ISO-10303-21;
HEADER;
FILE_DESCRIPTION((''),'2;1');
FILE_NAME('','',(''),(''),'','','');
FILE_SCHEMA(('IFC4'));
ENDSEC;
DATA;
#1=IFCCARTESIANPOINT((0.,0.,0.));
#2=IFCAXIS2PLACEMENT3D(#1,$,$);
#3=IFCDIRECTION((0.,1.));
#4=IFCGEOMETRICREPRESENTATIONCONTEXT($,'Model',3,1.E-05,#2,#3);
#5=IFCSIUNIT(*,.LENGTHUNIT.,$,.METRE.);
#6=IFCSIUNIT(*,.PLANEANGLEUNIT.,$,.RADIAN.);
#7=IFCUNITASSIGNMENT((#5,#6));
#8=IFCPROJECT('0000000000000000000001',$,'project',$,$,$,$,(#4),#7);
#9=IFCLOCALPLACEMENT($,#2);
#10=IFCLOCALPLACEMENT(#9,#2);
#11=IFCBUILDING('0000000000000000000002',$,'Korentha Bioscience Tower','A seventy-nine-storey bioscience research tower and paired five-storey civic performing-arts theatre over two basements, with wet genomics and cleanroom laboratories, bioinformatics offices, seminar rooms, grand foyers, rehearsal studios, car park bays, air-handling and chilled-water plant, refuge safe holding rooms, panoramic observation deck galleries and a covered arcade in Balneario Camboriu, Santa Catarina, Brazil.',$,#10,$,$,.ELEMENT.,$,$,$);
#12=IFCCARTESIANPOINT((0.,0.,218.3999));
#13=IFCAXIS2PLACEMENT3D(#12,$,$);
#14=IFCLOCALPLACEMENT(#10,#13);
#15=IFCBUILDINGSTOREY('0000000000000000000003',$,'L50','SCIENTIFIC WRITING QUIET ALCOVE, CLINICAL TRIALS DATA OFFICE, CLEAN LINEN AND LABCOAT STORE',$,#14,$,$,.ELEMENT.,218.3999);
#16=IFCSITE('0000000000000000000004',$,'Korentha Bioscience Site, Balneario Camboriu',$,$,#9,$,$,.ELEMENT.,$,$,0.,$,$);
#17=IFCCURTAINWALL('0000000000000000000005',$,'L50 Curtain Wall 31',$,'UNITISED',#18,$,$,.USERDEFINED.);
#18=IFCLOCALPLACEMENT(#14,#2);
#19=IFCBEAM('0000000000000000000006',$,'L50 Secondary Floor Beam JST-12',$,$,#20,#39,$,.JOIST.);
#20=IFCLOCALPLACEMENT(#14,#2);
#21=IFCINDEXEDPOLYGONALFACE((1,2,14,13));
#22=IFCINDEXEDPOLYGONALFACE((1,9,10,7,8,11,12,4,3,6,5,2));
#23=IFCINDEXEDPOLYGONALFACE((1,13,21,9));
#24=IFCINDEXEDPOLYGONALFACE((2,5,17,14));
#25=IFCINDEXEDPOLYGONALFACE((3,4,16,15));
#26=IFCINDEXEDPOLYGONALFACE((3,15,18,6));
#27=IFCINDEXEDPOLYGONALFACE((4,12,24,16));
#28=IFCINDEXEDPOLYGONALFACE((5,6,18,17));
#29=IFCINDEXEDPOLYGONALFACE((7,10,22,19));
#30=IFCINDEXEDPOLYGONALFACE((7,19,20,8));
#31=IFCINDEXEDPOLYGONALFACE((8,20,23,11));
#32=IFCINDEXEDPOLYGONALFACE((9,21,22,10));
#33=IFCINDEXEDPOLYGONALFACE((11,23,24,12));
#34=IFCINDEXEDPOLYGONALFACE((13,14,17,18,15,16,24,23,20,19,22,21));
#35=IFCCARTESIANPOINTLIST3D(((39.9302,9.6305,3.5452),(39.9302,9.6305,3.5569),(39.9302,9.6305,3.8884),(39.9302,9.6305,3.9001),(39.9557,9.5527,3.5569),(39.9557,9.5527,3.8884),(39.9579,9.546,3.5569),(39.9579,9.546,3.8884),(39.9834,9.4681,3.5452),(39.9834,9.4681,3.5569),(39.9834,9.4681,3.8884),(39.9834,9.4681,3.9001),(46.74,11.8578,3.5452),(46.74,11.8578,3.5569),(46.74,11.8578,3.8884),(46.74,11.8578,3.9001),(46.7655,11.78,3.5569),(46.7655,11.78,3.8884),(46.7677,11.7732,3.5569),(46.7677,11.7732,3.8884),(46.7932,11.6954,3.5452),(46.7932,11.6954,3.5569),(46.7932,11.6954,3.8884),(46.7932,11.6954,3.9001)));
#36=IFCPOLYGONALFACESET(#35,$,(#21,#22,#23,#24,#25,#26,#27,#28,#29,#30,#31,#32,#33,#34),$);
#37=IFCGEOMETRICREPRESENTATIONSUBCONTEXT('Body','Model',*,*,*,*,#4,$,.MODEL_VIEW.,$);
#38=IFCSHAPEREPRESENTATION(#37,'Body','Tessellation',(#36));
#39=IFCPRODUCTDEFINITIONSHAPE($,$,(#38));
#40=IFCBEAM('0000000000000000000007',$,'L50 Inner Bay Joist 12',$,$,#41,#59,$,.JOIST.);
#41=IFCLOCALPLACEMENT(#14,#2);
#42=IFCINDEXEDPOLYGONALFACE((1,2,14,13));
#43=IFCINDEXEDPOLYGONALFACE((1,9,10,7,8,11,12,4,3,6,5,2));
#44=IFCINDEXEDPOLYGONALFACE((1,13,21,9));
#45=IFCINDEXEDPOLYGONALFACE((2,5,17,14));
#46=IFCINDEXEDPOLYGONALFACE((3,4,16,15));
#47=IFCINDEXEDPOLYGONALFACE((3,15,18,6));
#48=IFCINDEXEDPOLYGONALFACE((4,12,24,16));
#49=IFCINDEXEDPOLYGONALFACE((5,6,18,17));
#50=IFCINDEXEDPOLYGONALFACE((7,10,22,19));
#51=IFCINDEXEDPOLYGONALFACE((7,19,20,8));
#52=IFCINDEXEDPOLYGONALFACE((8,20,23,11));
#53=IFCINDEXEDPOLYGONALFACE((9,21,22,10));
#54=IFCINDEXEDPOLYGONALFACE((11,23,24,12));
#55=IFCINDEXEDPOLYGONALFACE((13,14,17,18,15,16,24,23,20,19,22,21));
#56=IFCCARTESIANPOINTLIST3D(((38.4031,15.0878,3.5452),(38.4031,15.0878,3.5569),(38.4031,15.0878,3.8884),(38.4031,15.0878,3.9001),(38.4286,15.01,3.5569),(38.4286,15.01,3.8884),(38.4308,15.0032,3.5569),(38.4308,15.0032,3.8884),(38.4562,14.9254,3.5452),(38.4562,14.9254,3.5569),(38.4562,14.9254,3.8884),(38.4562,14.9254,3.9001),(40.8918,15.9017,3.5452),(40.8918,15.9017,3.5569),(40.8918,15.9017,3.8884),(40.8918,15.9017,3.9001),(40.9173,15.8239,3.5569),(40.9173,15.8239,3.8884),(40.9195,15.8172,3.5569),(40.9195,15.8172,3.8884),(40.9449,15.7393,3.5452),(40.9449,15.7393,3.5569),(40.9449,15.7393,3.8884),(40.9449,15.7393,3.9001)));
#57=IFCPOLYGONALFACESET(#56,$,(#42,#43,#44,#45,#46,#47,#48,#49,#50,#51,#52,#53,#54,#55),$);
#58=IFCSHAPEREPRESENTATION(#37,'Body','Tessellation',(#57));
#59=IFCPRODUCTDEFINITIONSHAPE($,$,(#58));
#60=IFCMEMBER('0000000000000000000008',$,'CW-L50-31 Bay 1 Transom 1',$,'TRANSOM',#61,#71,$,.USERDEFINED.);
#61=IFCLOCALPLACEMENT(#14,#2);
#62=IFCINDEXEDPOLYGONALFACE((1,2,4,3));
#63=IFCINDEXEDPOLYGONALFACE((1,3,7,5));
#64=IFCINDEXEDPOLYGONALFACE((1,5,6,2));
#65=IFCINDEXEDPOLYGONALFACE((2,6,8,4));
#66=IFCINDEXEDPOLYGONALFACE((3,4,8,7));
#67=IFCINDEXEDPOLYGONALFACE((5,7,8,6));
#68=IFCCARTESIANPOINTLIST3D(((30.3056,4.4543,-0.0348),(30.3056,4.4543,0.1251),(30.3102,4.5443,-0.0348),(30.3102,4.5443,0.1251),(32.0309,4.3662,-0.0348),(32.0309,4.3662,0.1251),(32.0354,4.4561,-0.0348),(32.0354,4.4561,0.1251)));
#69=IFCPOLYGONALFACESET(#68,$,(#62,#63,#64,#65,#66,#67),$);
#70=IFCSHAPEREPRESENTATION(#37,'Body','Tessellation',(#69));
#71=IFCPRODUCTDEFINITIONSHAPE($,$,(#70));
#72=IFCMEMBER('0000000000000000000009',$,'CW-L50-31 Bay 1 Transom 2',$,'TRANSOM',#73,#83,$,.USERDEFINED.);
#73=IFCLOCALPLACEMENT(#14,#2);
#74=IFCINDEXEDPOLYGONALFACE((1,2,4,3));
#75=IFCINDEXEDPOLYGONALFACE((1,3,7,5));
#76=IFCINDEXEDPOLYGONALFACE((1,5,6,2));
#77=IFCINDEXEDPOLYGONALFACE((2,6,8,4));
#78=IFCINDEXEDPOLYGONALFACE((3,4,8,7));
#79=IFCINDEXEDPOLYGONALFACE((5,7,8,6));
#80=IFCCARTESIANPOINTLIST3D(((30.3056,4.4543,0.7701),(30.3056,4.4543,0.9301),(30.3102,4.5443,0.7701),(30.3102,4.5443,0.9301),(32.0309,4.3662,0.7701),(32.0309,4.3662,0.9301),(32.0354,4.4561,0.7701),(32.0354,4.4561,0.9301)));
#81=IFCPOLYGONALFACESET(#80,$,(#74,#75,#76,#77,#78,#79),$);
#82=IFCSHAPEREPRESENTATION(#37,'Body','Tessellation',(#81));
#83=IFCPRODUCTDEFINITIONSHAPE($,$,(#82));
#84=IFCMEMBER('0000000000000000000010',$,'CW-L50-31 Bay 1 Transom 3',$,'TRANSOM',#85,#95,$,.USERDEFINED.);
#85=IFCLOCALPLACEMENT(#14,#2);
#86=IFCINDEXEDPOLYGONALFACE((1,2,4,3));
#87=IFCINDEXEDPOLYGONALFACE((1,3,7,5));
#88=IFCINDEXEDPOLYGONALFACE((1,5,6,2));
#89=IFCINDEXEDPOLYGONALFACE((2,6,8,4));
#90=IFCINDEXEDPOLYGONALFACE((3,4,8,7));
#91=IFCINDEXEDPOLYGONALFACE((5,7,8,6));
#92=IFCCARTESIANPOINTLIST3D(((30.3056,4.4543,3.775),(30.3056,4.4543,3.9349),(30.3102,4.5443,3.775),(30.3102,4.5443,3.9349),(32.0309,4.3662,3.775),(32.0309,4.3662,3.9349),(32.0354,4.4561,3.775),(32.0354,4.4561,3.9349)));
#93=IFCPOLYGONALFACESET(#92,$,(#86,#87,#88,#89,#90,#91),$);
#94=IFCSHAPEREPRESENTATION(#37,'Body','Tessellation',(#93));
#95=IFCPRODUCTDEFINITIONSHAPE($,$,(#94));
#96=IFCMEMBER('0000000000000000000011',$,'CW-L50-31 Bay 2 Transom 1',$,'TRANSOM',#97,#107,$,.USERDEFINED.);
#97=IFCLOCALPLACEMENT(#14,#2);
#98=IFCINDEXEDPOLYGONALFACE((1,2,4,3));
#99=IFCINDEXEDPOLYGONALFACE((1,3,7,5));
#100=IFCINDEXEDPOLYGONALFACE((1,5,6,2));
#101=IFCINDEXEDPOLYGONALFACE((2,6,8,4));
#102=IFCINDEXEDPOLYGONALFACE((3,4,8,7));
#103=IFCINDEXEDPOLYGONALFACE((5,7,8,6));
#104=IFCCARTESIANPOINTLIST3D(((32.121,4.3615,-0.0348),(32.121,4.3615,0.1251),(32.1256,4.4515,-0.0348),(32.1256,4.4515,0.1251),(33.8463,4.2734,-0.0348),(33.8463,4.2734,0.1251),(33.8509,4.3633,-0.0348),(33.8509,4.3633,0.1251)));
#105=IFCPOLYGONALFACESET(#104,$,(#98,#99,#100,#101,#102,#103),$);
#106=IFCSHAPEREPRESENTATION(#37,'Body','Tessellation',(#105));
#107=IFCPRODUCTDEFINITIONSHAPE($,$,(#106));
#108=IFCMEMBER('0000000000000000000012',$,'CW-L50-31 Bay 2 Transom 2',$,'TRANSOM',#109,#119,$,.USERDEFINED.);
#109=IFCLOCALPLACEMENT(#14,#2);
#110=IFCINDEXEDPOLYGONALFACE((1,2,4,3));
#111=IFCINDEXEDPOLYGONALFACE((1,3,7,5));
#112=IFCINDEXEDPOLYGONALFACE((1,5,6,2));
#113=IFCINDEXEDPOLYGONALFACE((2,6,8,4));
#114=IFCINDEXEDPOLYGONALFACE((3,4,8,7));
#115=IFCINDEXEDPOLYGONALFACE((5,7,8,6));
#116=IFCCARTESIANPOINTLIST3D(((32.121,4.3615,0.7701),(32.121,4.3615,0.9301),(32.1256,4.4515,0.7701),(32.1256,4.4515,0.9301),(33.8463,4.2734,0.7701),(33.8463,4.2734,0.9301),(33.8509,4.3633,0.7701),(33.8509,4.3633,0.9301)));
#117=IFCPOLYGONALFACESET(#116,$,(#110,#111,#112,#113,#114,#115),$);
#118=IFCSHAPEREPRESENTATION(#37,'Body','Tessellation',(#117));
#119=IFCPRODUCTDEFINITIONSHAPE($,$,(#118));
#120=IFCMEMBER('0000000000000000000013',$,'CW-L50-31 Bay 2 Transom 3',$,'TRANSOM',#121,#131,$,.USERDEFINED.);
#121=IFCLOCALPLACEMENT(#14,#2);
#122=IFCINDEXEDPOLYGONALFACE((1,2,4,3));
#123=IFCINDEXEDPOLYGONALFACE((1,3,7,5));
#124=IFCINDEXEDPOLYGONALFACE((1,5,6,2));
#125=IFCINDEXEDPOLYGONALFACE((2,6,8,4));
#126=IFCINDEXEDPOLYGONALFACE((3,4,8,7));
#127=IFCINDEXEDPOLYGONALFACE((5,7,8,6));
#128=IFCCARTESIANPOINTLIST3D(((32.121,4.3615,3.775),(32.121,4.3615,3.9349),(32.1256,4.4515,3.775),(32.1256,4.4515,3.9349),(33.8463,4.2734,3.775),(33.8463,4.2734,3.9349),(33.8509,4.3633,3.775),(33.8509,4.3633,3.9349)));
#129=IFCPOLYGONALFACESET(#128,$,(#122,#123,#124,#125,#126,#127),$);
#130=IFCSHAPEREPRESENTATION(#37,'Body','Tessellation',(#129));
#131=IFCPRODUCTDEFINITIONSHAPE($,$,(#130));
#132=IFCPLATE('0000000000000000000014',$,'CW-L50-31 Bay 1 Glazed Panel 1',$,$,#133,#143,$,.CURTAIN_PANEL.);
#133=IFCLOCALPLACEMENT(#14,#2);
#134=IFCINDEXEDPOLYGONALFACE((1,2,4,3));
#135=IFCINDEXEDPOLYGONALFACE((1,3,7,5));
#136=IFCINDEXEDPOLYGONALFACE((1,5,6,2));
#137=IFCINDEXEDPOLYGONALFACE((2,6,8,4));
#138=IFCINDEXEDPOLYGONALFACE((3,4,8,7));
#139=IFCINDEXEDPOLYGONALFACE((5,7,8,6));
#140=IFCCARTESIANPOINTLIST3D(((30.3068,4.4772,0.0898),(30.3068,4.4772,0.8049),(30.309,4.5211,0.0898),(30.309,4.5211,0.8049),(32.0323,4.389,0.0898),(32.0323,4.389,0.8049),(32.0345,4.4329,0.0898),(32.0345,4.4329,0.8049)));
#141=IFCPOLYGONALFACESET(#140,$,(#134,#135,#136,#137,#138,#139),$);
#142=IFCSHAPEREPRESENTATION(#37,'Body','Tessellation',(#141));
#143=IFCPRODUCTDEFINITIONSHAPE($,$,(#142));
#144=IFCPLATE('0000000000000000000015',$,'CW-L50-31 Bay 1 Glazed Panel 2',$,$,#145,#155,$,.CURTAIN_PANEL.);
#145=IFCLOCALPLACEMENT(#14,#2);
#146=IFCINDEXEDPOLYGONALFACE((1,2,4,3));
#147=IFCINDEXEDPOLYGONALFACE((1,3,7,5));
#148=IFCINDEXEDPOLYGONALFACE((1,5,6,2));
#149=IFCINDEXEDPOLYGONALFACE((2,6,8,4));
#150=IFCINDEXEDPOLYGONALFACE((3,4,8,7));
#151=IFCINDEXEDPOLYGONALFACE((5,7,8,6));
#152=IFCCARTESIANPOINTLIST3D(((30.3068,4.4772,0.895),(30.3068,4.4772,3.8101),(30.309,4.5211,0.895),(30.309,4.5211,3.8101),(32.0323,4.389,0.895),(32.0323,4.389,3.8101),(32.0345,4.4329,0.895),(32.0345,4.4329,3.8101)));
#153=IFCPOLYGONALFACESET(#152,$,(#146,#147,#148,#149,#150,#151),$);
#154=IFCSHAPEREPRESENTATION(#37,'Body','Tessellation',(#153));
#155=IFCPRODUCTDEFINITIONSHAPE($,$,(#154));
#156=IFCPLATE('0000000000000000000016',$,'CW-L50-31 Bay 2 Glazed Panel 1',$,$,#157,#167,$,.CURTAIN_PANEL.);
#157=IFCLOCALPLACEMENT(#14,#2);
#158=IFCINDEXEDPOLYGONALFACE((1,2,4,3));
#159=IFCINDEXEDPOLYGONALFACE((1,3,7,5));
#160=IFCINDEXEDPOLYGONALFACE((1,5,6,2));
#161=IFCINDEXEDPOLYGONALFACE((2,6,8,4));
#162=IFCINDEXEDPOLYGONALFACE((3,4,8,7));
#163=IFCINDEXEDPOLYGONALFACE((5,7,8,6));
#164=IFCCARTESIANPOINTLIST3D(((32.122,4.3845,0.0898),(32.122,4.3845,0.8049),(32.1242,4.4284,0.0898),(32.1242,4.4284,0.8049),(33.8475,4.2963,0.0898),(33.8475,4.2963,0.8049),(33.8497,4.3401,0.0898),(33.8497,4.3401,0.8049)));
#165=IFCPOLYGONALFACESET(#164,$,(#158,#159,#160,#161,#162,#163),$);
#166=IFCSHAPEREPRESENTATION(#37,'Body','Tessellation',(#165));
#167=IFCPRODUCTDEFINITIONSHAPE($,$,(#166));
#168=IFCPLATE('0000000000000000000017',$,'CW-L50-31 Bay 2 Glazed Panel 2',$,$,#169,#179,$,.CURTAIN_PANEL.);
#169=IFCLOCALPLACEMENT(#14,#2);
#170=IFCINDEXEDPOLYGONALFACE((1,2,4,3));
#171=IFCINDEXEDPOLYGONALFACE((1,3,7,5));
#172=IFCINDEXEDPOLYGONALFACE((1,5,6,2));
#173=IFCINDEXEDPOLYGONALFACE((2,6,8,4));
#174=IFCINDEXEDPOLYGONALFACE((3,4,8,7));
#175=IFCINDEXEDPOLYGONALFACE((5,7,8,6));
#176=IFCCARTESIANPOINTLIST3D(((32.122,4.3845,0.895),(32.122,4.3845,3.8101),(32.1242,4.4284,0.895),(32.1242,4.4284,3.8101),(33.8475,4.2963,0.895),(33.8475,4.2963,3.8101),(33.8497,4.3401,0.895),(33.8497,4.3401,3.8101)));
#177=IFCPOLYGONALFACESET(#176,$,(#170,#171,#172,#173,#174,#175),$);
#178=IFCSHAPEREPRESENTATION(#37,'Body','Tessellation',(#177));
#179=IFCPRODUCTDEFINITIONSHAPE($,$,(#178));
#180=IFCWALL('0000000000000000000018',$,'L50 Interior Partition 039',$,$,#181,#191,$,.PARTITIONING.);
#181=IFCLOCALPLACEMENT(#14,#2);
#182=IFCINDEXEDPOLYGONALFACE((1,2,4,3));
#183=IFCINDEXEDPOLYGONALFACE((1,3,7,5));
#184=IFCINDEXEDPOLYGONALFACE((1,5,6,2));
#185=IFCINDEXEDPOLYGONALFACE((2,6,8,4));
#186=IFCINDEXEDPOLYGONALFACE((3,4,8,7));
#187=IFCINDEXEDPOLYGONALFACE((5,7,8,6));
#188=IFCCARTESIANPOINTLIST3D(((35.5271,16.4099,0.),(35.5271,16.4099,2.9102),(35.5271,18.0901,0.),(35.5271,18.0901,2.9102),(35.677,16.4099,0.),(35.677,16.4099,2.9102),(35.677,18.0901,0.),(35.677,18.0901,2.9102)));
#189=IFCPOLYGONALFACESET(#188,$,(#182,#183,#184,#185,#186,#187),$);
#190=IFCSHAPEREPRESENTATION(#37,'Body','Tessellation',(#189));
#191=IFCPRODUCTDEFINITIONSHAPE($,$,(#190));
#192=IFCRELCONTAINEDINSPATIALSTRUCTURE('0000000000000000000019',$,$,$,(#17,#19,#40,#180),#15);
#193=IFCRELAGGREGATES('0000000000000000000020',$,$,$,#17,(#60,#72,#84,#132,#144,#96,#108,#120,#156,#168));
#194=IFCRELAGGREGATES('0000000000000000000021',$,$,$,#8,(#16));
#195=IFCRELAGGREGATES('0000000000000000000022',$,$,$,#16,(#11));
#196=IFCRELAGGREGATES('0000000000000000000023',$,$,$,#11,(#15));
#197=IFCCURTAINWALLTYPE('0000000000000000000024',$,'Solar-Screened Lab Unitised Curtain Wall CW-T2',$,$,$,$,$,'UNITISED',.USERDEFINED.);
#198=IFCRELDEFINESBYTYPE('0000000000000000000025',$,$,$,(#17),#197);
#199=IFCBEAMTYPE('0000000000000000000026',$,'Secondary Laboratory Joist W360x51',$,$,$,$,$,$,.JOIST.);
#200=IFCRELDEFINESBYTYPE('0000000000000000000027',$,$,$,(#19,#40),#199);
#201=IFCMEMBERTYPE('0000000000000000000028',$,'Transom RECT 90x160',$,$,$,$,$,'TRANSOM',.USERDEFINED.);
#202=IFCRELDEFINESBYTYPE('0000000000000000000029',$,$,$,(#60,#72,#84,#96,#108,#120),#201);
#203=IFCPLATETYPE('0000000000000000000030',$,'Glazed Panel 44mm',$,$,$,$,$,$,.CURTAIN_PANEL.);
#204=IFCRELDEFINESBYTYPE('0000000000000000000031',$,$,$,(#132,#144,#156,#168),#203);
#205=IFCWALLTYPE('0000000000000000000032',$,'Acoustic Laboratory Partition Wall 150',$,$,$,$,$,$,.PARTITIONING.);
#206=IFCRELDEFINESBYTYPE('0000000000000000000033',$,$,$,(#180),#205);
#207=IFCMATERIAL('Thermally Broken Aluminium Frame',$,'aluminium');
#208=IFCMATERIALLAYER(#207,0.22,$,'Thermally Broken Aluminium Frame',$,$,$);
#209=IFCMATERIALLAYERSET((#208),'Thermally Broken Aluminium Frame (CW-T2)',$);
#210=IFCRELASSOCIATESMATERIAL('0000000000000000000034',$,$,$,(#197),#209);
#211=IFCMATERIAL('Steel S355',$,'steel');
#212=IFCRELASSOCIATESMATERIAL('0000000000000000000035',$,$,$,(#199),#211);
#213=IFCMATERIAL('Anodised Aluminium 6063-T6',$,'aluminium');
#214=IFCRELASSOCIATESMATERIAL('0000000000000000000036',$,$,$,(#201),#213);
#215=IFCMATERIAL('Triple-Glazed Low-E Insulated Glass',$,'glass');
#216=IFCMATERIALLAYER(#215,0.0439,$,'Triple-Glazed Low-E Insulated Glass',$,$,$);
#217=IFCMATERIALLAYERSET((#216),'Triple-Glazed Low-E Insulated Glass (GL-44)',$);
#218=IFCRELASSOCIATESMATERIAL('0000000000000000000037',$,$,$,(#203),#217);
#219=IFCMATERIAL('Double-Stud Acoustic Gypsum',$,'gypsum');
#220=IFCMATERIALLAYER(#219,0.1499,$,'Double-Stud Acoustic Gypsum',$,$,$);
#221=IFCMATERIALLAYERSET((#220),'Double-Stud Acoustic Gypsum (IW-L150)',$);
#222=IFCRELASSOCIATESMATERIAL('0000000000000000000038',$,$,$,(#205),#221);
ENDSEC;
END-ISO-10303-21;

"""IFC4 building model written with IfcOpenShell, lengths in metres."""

from ifc_helpers import new_model, si_unit, direction, frame, frame_2d, origin, origin_2d, place, context, subcontext, project, spatial, rectangle, i_section, extrude, material, layer, layer_set, material_profile, profile_set, type_object, element, aggregate, save


model = new_model("IFC4")

# Units and contexts
model_context = context("Model", 3, precision=1e-05, world=origin(), true_north=direction((0.0, 1.0)))
body_context = subcontext(model_context, "Body", "Model", "MODEL_VIEW")
ifc_project = project(units=[si_unit("LENGTHUNIT", "METRE"), si_unit("PLANEANGLEUNIT", "RADIAN")], contexts=[model_context])

# Site, building, storey
site_placement = place(None, origin())
site = spatial("IfcSite", under=ifc_project, at=site_placement, Name="Korentha Bioscience Site, Balneario Camboriu", CompositionType="ELEMENT", RefElevation=0.0)
building_placement = place(site_placement, origin())
building = spatial("IfcBuilding", under=site, at=building_placement, Name="Korentha Bioscience Tower", Description="A seventy-nine-storey bioscience research tower and paired five-storey civic performing-arts theatre over two basements, with wet genomics and cleanroom laboratories, bioinformatics offices, seminar rooms, grand foyers, rehearsal studios, car park bays, air-handling and chilled-water plant, refuge safe holding rooms, panoramic observation deck galleries and a covered arcade in Balneario Camboriu, Santa Catarina, Brazil.", CompositionType="ELEMENT")
storey_placement = place(building_placement, frame((0.0, 0.0, 218.3999)))
storey = spatial("IfcBuildingStorey", under=building, at=storey_placement, Name="L50", Description="SCIENTIFIC WRITING QUIET ALCOVE, CLINICAL TRIALS DATA OFFICE, CLEAN LINEN AND LABCOAT STORE", CompositionType="ELEMENT", Elevation=218.3999)

# Shared definitions
ifc_material_1 = material(Name="Steel S355", Category="steel")

# Curtain wall
ifc_material_2 = material(Name="Thermally Broken Aluminium Frame", Category="aluminium")
ifc_layer_1 = layer(ifc_material_2, 0.22, Name="Thermally Broken Aluminium Frame")
ifc_layer_set_1 = layer_set([ifc_layer_1], Name="Thermally Broken Aluminium Frame (CW-T2)")
curtain_wall_type = type_object("IfcCurtainWallType", Name="Solar-Screened Lab Unitised Curtain Wall CW-T2", ElementType="UNITISED", PredefinedType="USERDEFINED", material=ifc_layer_set_1)
curtain_wall_placement = place(storey_placement, origin())
curtain_wall = element("IfcCurtainWall", 1, at=curtain_wall_placement, inside=storey, type_object=curtain_wall_type, Name="L50 Curtain Wall 31", ObjectType="UNITISED", PredefinedType="USERDEFINED")
ifc_material_3 = material(Name="Anodised Aluminium 6063-T6", Category="aluminium")

# Beams
ifc_material_profile_1 = material_profile(ifc_material_1, i_section(OverallWidth=0.1709, OverallDepth=0.355, WebThickness=0.0071, FlangeThickness=0.0117, at=origin_2d()), Name="Steel S355")
ifc_profile_set_1 = profile_set([ifc_material_profile_1], Name="Steel S355 (JB-360)")
beam_type_1 = type_object("IfcBeamType", Name="Secondary Laboratory Joist W360x51", PredefinedType="JOIST", material=ifc_profile_set_1)
beam_1_placement = place(storey_placement, frame((39.9568, 9.5493, 3.7227), z_axis=(0.950454, 0.310866, 0.0), x_axis=(-0.310866, 0.950454, 0.0)))
element("IfcBeam", 2, at=beam_1_placement, inside=storey, type_object=beam_type_1, Name="L50 Secondary Floor Beam JST-12", PredefinedType="JOIST", context=body_context, shape_type="SweptSolid", body=[
    extrude(i_section(OverallWidth=0.1709, OverallDepth=0.355, WebThickness=0.0071, FlangeThickness=0.0117, at=origin_2d()), origin(), (0.0, 0.0, 1.0), 7.1648),
])
beam_2_placement = place(storey_placement, frame((38.4297, 15.0066, 3.7227), z_axis=(0.950458, 0.310852, 0.0), x_axis=(-0.310852, 0.950458, 0.0)))
element("IfcBeam", 3, at=beam_2_placement, inside=storey, type_object=beam_type_1, Name="L50 Inner Bay Joist 12", PredefinedType="JOIST", context=body_context, shape_type="SweptSolid", body=[
    extrude(i_section(OverallWidth=0.1709, OverallDepth=0.355, WebThickness=0.0071, FlangeThickness=0.0117, at=origin_2d()), origin(), (0.0, 0.0, 1.0), 2.6184),
])

# Members
ifc_material_profile_2 = material_profile(ifc_material_3, rectangle(XDim=0.0901, YDim=0.1599, at=origin_2d()), Name="Anodised Aluminium 6063-T6")
ifc_profile_set_2 = profile_set([ifc_material_profile_2], Name="Anodised Aluminium 6063-T6 (CW-TRN)")
member_type_1 = type_object("IfcMemberType", Name="Transom RECT 90x160", ElementType="TRANSOM", PredefinedType="USERDEFINED", material=ifc_profile_set_2)
member_1_placement = place(storey_placement, frame((30.3079, 4.4993, 0.0452), z_axis=(0.998698, -0.051016, 0.0), x_axis=(0.051016, 0.998698, 0.0)))
member_1 = element("IfcMember", 4, at=member_1_placement, type_object=member_type_1, Name="CW-L50-31 Bay 1 Transom 1", ObjectType="TRANSOM", PredefinedType="USERDEFINED", context=body_context, shape_type="SweptSolid", body=[
    extrude(rectangle(XDim=0.0901, YDim=0.1599, at=origin_2d()), origin(), (0.0, 0.0, 1.0), 1.7275),
])
member_2_placement = place(storey_placement, frame((30.3079, 4.4993, 0.8501), z_axis=(0.998698, -0.051016, 0.0), x_axis=(0.051016, 0.998698, 0.0)))
member_2 = element("IfcMember", 5, at=member_2_placement, type_object=member_type_1, Name="CW-L50-31 Bay 1 Transom 2", ObjectType="TRANSOM", PredefinedType="USERDEFINED", context=body_context, shape_type="SweptSolid", body=[
    extrude(rectangle(XDim=0.0901, YDim=0.1599, at=origin_2d()), origin(), (0.0, 0.0, 1.0), 1.7275),
])
member_3_placement = place(storey_placement, frame((30.3079, 4.4993, 3.855), z_axis=(0.998698, -0.051016, 0.0), x_axis=(0.051016, 0.998698, 0.0)))
member_3 = element("IfcMember", 6, at=member_3_placement, type_object=member_type_1, Name="CW-L50-31 Bay 1 Transom 3", ObjectType="TRANSOM", PredefinedType="USERDEFINED", context=body_context, shape_type="SweptSolid", body=[
    extrude(rectangle(XDim=0.0901, YDim=0.1599, at=origin_2d()), origin(), (0.0, 0.0, 1.0), 1.7275),
])
member_4_placement = place(storey_placement, frame((32.1233, 4.4065, 0.0452), z_axis=(0.998698, -0.051016, 0.0), x_axis=(0.051016, 0.998698, 0.0)))
member_4 = element("IfcMember", 7, at=member_4_placement, type_object=member_type_1, Name="CW-L50-31 Bay 2 Transom 1", ObjectType="TRANSOM", PredefinedType="USERDEFINED", context=body_context, shape_type="SweptSolid", body=[
    extrude(rectangle(XDim=0.0901, YDim=0.1599, at=origin_2d()), origin(), (0.0, 0.0, 1.0), 1.7275),
])
member_5_placement = place(storey_placement, frame((32.1233, 4.4065, 0.8501), z_axis=(0.998698, -0.051016, 0.0), x_axis=(0.051016, 0.998698, 0.0)))
member_5 = element("IfcMember", 8, at=member_5_placement, type_object=member_type_1, Name="CW-L50-31 Bay 2 Transom 2", ObjectType="TRANSOM", PredefinedType="USERDEFINED", context=body_context, shape_type="SweptSolid", body=[
    extrude(rectangle(XDim=0.0901, YDim=0.1599, at=origin_2d()), origin(), (0.0, 0.0, 1.0), 1.7275),
])
member_6_placement = place(storey_placement, frame((32.1233, 4.4065, 3.855), z_axis=(0.998698, -0.051016, 0.0), x_axis=(0.051016, 0.998698, 0.0)))
member_6 = element("IfcMember", 9, at=member_6_placement, type_object=member_type_1, Name="CW-L50-31 Bay 2 Transom 3", ObjectType="TRANSOM", PredefinedType="USERDEFINED", context=body_context, shape_type="SweptSolid", body=[
    extrude(rectangle(XDim=0.0901, YDim=0.1599, at=origin_2d()), origin(), (0.0, 0.0, 1.0), 1.7275),
])

# Plates
ifc_material_4 = material(Name="Triple-Glazed Low-E Insulated Glass", Category="glass")
ifc_layer_2 = layer(ifc_material_4, 0.0439, Name="Triple-Glazed Low-E Insulated Glass")
ifc_layer_set_2 = layer_set([ifc_layer_2], Name="Triple-Glazed Low-E Insulated Glass (GL-44)")
plate_type = type_object("IfcPlateType", Name="Glazed Panel 44mm", PredefinedType="CURTAIN_PANEL", material=ifc_layer_set_2)
plate_1_placement = place(storey_placement, frame((31.1707, 4.4551, 0.0898), z_axis=(0.0, 0.0, 1.0), x_axis=(0.998696, -0.051055, 0.0)))
plate_1 = element("IfcPlate", 10, at=plate_1_placement, type_object=plate_type, Name="CW-L50-31 Bay 1 Glazed Panel 1", PredefinedType="CURTAIN_PANEL", context=body_context, shape_type="SweptSolid", body=[
    extrude(rectangle(XDim=1.7278, YDim=0.0439, at=origin_2d()), origin(), (0.0, 0.0, 1.0), 0.7151),
])
plate_2_placement = place(storey_placement, frame((31.1707, 4.4551, 0.895), z_axis=(0.0, 0.0, 1.0), x_axis=(0.998696, -0.051055, 0.0)))
plate_2 = element("IfcPlate", 11, at=plate_2_placement, type_object=plate_type, Name="CW-L50-31 Bay 1 Glazed Panel 2", PredefinedType="CURTAIN_PANEL", context=body_context, shape_type="SweptSolid", body=[
    extrude(rectangle(XDim=1.7278, YDim=0.0439, at=origin_2d()), origin(), (0.0, 0.0, 1.0), 2.915),
])
plate_3_placement = place(storey_placement, frame((32.9858, 4.3623, 0.0898), z_axis=(0.0, 0.0, 1.0), x_axis=(0.998696, -0.051055, 0.0)))
plate_3 = element("IfcPlate", 12, at=plate_3_placement, type_object=plate_type, Name="CW-L50-31 Bay 2 Glazed Panel 1", PredefinedType="CURTAIN_PANEL", context=body_context, shape_type="SweptSolid", body=[
    extrude(rectangle(XDim=1.7278, YDim=0.0439, at=origin_2d()), origin(), (0.0, 0.0, 1.0), 0.7151),
])
plate_4_placement = place(storey_placement, frame((32.9858, 4.3623, 0.895), z_axis=(0.0, 0.0, 1.0), x_axis=(0.998696, -0.051055, 0.0)))
plate_4 = element("IfcPlate", 13, at=plate_4_placement, type_object=plate_type, Name="CW-L50-31 Bay 2 Glazed Panel 2", PredefinedType="CURTAIN_PANEL", context=body_context, shape_type="SweptSolid", body=[
    extrude(rectangle(XDim=1.7278, YDim=0.0439, at=origin_2d()), origin(), (0.0, 0.0, 1.0), 2.915),
])
aggregate(curtain_wall, [member_1, member_2, member_3, plate_1, plate_2, member_4, member_5, member_6, plate_3, plate_4])

# Wall
ifc_material_5 = material(Name="Double-Stud Acoustic Gypsum", Category="gypsum")
ifc_layer_3 = layer(ifc_material_5, 0.1499, Name="Double-Stud Acoustic Gypsum")
ifc_layer_set_3 = layer_set([ifc_layer_3], Name="Double-Stud Acoustic Gypsum (IW-L150)")
wall_type_1 = type_object("IfcWallType", Name="Acoustic Laboratory Partition Wall 150", PredefinedType="PARTITIONING", material=ifc_layer_set_3)
wall_1_placement = place(storey_placement, frame((35.6021, 16.4099, 0.0), z_axis=(0.0, 0.0, 1.0), x_axis=(0.0, 1.0, 0.0)))
element("IfcWall", 14, at=wall_1_placement, inside=storey, type_object=wall_type_1, Name="L50 Interior Partition 039", PredefinedType="PARTITIONING", context=body_context, shape_type="SweptSolid", body=[
    extrude(rectangle(XDim=1.6802, YDim=0.1499, at=frame_2d((0.8401, 0.0))), origin(), (0.0, 0.0, 1.0), 2.9102),
])

save(model, "model.ifc")
